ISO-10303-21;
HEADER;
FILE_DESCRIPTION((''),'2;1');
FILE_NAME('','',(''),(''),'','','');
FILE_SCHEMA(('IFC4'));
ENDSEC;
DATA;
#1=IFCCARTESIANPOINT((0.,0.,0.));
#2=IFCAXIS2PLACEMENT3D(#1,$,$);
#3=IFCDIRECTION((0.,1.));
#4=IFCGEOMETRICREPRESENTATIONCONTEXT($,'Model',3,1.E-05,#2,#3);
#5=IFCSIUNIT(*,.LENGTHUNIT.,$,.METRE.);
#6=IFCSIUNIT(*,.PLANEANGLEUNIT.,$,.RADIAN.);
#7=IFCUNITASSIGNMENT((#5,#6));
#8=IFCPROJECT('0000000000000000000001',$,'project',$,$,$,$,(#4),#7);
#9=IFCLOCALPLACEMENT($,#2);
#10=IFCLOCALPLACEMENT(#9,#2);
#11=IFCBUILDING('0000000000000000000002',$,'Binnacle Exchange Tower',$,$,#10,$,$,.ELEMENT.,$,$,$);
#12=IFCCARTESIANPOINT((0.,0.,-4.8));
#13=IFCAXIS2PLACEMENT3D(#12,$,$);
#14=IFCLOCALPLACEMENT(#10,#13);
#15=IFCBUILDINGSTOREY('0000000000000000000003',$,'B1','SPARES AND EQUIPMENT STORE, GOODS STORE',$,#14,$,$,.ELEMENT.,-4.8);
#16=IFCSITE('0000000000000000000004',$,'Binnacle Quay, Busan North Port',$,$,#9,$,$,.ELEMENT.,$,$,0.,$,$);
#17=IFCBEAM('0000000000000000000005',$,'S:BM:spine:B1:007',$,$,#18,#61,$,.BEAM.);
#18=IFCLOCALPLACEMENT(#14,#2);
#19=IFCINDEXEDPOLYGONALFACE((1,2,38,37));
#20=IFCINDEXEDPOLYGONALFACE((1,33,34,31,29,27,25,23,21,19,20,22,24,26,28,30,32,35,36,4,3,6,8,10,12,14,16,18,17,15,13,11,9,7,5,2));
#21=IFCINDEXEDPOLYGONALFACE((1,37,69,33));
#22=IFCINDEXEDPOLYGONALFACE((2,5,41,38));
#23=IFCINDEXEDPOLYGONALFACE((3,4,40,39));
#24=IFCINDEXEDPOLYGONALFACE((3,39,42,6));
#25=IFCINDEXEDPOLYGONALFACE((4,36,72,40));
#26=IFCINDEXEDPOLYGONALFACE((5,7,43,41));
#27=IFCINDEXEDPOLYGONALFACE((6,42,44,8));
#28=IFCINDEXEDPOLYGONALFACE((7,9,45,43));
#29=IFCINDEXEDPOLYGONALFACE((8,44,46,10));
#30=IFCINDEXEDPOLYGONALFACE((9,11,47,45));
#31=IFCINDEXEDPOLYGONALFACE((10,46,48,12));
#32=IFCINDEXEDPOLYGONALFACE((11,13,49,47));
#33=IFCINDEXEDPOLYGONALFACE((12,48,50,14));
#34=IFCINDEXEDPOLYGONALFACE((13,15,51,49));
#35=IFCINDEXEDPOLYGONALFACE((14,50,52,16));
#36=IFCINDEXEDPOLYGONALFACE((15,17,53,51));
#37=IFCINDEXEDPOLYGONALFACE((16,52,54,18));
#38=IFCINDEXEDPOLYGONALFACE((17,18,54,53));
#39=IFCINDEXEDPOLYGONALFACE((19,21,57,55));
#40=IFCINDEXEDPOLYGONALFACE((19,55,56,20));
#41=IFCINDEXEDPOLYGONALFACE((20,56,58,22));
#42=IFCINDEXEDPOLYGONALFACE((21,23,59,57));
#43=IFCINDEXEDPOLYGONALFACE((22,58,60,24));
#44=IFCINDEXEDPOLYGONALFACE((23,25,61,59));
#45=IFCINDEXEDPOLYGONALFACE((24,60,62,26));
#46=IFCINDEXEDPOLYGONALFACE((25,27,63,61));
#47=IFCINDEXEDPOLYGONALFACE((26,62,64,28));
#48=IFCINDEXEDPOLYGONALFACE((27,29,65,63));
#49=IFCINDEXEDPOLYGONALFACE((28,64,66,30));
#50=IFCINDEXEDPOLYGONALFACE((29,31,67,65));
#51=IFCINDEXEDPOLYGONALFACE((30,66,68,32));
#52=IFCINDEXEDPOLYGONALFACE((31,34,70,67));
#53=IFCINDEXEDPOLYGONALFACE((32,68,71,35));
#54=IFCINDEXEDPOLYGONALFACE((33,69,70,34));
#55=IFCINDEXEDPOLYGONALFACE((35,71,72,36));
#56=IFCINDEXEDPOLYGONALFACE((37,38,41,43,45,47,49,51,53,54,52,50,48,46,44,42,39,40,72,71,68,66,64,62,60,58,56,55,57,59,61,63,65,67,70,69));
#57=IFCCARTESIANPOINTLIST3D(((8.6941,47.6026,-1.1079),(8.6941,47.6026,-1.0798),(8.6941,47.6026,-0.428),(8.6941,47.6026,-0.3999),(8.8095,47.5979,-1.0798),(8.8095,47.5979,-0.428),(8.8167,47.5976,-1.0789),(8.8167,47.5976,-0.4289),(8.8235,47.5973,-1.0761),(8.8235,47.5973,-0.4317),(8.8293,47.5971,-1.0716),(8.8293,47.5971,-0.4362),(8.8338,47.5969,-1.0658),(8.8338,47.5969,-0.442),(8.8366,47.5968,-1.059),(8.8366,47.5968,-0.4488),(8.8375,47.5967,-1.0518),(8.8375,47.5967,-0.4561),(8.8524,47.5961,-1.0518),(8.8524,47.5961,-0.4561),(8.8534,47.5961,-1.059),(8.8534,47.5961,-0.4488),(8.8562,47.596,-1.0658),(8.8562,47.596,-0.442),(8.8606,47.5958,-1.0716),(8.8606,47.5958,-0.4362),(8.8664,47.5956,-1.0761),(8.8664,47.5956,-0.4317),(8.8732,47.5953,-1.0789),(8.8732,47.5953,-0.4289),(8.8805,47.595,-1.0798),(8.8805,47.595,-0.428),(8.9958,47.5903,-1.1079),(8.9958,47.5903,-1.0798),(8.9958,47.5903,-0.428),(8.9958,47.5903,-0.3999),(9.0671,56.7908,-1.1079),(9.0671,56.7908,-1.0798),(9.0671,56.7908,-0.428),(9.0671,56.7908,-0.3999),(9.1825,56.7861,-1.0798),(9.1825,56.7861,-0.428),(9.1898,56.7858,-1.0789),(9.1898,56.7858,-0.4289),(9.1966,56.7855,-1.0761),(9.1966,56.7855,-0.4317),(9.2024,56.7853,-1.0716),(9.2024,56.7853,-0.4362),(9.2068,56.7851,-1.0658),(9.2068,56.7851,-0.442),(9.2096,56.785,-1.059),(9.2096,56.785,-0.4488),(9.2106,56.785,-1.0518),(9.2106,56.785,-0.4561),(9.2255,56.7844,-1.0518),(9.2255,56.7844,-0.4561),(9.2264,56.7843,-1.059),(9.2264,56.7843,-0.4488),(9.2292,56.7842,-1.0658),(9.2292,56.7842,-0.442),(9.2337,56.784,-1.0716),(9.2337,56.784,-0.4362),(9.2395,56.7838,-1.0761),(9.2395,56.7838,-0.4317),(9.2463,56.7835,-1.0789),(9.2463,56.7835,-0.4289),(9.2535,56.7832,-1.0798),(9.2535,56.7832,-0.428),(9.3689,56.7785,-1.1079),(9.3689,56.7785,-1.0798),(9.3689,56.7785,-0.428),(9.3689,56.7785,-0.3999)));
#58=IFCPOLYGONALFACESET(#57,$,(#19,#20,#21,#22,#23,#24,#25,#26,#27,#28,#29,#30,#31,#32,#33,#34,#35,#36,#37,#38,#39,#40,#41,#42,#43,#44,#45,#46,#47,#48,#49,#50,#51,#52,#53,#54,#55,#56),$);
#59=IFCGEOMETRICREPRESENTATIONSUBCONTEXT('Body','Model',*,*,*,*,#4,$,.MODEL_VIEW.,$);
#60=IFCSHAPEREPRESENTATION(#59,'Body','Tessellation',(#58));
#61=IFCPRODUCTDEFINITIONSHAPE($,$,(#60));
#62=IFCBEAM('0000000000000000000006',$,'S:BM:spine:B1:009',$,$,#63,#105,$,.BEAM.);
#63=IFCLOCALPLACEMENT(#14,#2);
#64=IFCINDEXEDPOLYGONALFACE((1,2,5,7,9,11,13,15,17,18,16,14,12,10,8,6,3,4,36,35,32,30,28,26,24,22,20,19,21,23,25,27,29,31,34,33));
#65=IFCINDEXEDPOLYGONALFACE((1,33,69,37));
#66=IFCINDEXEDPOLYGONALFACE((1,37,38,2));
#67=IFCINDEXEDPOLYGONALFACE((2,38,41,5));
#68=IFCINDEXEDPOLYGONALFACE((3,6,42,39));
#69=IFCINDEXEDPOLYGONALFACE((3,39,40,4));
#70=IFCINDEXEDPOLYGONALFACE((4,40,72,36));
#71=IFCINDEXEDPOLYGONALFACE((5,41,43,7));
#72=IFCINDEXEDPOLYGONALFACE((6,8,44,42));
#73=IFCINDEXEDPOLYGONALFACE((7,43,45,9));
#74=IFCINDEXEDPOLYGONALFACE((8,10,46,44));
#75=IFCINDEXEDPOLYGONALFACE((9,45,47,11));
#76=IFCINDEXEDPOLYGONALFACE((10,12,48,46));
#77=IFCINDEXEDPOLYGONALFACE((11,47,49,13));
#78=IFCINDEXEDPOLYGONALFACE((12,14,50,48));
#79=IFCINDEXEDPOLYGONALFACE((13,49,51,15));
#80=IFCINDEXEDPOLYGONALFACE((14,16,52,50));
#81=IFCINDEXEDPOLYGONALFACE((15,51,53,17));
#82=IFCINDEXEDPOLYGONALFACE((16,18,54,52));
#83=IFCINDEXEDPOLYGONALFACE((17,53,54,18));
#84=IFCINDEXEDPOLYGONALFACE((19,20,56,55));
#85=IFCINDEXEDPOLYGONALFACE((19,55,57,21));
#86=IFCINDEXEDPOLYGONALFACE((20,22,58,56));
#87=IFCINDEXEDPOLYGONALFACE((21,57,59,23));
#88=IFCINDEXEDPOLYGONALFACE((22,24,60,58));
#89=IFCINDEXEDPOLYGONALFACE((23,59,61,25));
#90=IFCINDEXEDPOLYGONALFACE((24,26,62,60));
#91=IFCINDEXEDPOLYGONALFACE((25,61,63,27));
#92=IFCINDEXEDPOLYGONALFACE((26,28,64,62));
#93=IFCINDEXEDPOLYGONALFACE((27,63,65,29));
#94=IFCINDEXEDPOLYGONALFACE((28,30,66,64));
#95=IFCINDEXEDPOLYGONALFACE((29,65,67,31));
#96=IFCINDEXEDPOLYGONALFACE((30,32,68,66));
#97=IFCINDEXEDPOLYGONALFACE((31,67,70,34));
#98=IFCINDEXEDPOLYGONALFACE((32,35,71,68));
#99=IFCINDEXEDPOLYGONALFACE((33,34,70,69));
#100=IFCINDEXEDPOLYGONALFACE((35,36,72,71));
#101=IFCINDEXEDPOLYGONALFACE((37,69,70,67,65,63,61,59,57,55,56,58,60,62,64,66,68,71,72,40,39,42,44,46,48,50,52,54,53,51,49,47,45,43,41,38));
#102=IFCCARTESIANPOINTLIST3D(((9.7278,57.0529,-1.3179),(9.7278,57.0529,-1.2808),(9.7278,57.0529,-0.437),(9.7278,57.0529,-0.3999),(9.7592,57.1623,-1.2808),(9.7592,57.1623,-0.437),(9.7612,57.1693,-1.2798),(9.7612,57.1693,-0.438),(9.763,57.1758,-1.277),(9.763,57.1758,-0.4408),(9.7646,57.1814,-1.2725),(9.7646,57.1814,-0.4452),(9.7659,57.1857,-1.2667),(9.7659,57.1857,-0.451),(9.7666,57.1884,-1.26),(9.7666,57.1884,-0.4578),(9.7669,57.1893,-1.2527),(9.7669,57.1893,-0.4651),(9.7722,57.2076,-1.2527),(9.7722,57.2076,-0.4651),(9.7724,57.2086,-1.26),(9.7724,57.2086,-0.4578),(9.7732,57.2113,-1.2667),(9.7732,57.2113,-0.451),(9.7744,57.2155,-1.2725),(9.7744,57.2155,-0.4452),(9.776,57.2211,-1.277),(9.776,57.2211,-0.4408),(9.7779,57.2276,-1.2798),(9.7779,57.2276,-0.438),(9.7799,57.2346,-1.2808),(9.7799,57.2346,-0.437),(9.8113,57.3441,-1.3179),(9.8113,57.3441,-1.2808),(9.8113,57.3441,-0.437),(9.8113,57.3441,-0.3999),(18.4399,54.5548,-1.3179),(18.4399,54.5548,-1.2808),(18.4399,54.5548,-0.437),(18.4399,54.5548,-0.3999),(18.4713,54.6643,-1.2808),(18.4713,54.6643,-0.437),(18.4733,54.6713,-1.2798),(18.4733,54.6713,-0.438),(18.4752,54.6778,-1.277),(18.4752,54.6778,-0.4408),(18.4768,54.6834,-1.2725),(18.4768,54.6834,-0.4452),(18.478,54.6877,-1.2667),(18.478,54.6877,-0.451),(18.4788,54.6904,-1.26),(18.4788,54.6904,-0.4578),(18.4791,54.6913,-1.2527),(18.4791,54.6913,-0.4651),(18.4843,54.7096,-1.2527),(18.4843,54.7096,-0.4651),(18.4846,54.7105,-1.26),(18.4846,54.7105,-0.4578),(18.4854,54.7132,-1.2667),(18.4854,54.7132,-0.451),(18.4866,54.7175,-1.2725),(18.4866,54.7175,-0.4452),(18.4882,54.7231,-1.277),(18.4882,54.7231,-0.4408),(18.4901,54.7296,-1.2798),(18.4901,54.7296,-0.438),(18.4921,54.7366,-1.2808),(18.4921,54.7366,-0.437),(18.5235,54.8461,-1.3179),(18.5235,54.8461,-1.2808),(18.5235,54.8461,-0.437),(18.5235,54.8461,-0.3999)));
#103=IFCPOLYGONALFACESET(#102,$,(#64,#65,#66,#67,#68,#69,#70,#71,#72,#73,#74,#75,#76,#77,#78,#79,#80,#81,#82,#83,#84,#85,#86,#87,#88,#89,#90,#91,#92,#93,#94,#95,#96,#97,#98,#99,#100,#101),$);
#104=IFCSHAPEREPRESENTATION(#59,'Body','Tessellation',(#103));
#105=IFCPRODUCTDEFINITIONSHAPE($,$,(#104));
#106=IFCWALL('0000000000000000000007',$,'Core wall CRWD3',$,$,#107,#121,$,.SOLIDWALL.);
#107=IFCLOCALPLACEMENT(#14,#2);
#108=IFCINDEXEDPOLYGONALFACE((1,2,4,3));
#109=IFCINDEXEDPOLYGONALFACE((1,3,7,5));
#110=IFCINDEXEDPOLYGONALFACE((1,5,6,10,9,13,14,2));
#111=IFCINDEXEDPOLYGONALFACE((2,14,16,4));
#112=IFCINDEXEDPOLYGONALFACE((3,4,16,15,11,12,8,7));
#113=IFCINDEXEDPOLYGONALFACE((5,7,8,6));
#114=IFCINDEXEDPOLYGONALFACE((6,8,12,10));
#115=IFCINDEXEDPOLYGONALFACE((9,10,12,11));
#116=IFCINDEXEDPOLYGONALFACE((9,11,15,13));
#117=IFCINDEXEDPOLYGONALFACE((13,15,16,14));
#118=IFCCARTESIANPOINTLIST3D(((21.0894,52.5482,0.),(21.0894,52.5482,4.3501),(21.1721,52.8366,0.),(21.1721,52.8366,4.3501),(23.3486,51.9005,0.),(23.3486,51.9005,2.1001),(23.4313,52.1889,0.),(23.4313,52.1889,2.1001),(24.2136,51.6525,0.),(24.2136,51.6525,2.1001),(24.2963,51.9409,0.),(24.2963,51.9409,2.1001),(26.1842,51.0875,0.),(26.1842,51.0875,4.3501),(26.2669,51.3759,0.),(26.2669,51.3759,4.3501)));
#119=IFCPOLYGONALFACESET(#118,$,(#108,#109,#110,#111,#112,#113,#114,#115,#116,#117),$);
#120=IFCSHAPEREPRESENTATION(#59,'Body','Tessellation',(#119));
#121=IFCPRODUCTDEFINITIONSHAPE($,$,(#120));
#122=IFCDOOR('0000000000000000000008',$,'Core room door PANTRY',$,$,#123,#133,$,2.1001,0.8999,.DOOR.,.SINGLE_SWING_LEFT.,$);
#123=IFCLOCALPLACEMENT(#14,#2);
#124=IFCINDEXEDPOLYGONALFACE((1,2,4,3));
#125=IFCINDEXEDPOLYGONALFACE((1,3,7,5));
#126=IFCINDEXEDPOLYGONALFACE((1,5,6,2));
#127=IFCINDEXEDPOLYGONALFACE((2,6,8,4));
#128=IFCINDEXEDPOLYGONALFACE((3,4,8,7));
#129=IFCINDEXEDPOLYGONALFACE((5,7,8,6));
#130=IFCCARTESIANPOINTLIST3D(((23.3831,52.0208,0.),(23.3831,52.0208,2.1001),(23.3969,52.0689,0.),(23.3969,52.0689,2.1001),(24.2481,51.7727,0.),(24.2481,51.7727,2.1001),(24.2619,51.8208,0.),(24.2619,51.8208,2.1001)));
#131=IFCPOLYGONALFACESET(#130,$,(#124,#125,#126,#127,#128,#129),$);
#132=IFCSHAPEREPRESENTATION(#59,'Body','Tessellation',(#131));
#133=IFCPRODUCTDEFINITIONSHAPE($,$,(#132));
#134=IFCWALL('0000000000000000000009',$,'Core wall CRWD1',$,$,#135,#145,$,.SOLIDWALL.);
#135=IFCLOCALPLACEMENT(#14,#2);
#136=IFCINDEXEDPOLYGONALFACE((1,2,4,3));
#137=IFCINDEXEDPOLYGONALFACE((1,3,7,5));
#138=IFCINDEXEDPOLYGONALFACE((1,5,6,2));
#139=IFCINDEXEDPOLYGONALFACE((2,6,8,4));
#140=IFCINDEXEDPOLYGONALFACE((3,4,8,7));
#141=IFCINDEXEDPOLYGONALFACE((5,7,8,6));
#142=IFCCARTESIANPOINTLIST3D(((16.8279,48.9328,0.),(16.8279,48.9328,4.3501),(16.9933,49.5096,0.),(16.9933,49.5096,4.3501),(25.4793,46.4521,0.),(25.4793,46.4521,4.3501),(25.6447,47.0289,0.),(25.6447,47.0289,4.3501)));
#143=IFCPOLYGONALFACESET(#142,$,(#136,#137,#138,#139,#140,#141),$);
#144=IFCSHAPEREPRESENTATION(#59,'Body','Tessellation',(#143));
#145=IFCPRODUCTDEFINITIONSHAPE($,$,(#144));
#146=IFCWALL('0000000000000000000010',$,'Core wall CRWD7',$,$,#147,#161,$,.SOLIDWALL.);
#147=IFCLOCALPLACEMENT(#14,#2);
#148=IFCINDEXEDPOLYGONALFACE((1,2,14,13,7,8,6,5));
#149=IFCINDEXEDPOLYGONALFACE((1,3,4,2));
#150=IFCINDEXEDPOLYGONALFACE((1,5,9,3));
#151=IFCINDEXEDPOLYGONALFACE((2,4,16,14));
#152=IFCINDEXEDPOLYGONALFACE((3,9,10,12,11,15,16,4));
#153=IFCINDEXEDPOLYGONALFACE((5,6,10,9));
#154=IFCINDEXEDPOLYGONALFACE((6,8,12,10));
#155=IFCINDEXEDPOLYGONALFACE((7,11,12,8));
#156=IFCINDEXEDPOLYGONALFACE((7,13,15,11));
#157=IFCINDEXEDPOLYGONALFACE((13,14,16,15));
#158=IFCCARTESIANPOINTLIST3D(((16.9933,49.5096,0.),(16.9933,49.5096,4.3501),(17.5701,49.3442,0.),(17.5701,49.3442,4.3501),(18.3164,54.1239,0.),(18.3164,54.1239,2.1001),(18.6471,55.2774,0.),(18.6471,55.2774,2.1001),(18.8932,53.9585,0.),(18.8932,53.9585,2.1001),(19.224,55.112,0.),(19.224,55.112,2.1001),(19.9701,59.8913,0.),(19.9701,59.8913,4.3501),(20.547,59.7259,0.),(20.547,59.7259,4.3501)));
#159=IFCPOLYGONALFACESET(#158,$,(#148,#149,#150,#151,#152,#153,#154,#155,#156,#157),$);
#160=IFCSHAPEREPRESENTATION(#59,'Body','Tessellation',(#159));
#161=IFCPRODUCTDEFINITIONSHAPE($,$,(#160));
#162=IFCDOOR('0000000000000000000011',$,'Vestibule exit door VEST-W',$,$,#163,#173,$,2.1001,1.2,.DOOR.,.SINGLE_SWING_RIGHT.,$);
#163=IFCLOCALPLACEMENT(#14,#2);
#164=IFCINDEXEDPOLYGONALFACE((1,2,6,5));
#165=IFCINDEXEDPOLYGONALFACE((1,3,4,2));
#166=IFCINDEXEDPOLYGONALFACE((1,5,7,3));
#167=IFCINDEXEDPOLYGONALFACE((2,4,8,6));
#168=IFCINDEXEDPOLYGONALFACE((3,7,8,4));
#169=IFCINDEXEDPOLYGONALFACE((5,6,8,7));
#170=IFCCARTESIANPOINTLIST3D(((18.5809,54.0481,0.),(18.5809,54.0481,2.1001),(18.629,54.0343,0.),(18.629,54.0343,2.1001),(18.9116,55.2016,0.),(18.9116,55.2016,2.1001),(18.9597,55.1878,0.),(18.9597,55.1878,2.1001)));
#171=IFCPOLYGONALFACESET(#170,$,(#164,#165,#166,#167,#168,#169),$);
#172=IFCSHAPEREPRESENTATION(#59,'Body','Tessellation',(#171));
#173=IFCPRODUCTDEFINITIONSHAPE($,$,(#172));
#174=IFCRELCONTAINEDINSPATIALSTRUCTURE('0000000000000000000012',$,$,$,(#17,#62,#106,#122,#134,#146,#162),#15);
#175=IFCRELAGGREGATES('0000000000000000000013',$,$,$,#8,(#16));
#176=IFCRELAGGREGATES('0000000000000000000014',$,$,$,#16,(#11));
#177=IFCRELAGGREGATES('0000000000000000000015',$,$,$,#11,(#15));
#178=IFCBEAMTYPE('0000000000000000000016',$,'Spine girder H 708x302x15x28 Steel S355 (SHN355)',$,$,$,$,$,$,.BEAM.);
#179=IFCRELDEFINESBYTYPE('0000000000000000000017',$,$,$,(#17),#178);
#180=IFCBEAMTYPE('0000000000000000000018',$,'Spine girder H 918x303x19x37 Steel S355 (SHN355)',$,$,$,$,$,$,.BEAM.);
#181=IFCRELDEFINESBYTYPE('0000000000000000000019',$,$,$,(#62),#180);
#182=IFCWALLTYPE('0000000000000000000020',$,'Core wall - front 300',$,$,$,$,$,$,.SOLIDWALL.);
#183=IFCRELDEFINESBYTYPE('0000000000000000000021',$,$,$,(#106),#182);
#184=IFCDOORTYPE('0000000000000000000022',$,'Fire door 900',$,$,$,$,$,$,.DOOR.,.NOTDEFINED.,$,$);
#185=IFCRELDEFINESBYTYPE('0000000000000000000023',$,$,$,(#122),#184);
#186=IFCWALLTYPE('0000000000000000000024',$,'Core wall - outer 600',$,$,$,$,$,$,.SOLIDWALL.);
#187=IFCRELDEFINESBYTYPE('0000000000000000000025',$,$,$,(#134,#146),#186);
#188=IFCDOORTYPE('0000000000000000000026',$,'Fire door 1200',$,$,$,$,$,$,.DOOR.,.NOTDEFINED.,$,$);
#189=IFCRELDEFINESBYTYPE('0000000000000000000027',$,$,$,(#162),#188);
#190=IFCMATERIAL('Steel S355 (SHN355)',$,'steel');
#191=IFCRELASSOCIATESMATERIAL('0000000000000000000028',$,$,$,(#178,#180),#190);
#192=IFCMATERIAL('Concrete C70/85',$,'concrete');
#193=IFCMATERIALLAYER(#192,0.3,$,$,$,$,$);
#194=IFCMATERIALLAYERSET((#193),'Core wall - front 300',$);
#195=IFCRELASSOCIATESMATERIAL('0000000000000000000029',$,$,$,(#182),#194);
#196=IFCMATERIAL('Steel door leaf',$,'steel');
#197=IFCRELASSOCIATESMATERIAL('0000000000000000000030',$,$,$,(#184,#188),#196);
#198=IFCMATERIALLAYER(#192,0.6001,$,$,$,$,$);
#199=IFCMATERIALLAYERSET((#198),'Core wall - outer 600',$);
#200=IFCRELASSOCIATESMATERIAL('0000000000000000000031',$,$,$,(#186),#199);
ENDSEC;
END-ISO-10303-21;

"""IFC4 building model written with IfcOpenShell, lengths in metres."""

from ifc_helpers import new_model, si_unit, direction, frame, frame_2d, origin, origin_2d, place, context, subcontext, project, spatial, rectangle, i_section, extrude, material, layer, layer_set, material_profile, profile_set, type_object, element, fill, save


model = new_model("IFC4")

# Units and contexts
model_context = context("Model", 3, precision=1e-05, world=origin(), true_north=direction((0.0, 1.0)))
body_context = subcontext(model_context, "Body", "Model", "MODEL_VIEW")
ifc_project = project(units=[si_unit("LENGTHUNIT", "METRE"), si_unit("PLANEANGLEUNIT", "RADIAN")], contexts=[model_context])

# Site, building, storey
site_placement = place(None, origin())
site = spatial("IfcSite", under=ifc_project, at=site_placement, Name="Binnacle Quay, Busan North Port", CompositionType="ELEMENT", RefElevation=0.0)
building_placement = place(site_placement, origin())
building = spatial("IfcBuilding", under=site, at=building_placement, Name="Binnacle Exchange Tower", CompositionType="ELEMENT")
storey_placement = place(building_placement, frame((0.0, 0.0, -4.8)))
storey = spatial("IfcBuildingStorey", under=building, at=storey_placement, Name="B1", Description="SPARES AND EQUIPMENT STORE, GOODS STORE", CompositionType="ELEMENT", Elevation=-4.8)

# Shared definitions
ifc_material_1 = material(Name="Concrete C70/85", Category="concrete")

# Beams
ifc_material_2 = material(Name="Steel S355 (SHN355)", Category="steel")
ifc_material_profile_1 = material_profile(ifc_material_2, i_section(OverallWidth=0.302, OverallDepth=0.708, WebThickness=0.0149, FlangeThickness=0.0281, FilletRadius=0.0281, at=origin_2d()), Name="H 708x302x15x28")
ifc_profile_set_1 = profile_set([ifc_material_profile_1], Name="Steel S355 (SHN355)")
beam_type_1 = type_object("IfcBeamType", Name="Spine girder H 708x302x15x28 Steel S355 (SHN355)", PredefinedType="BEAM", material=ifc_profile_set_1)
beam_1_placement = place(storey_placement, frame((9.218, 56.7847, -0.7539), z_axis=(-0.040567, -0.999177, 0.0), x_axis=(0.999177, -0.040567, 0.0)))
element("IfcBeam", 1, at=beam_1_placement, inside=storey, type_object=beam_type_1, Name="S:BM:spine:B1:007", PredefinedType="BEAM", context=body_context, shape_type="SweptSolid", body=[
    extrude(i_section(OverallWidth=0.302, OverallDepth=0.708, WebThickness=0.0149, FlangeThickness=0.0281, FilletRadius=0.0281, at=origin_2d()), origin(), (0.0, 0.0, 1.0), 9.1958),
])
ifc_material_profile_2 = material_profile(ifc_material_2, i_section(OverallWidth=0.303, OverallDepth=0.918, WebThickness=0.019, FlangeThickness=0.0371, FilletRadius=0.0281, at=origin_2d()), Name="H 918x303x19x37")
ifc_profile_set_2 = profile_set([ifc_material_profile_2], Name="Steel S355 (SHN355)")
beam_type_2 = type_object("IfcBeamType", Name="Spine girder H 918x303x19x37 Steel S355 (SHN355)", PredefinedType="BEAM", material=ifc_profile_set_2)
beam_2_placement = place(storey_placement, frame((9.7695, 57.1985, -0.8589), z_axis=(0.961265, -0.275625, 0.0), x_axis=(0.275625, 0.961265, 0.0)))
element("IfcBeam", 2, at=beam_2_placement, inside=storey, type_object=beam_type_2, Name="S:BM:spine:B1:009", PredefinedType="BEAM", context=body_context, shape_type="SweptSolid", body=[
    extrude(i_section(OverallWidth=0.303, OverallDepth=0.918, WebThickness=0.019, FlangeThickness=0.0371, FilletRadius=0.0281, at=origin_2d()), origin(), (0.0, 0.0, 1.0), 9.0632),
])

# Wall, opening, door
ifc_layer_1 = layer(ifc_material_1, 0.3)
ifc_layer_set_1 = layer_set([ifc_layer_1], Name="Core wall - front 300")
wall_type_1 = type_object("IfcWallType", Name="Core wall - front 300", PredefinedType="SOLIDWALL", material=ifc_layer_set_1)
wall_1_placement = place(storey_placement, frame((21.1309, 52.6924, 0.0), z_axis=(0.0, 0.0, 1.0), x_axis=(0.961271, -0.275603, 0.0)))
wall_1 = element("IfcWall", 3, at=wall_1_placement, inside=storey, type_object=wall_type_1, Name="Core wall CRWD3", PredefinedType="SOLIDWALL", context=body_context, shape_type="SweptSolid", body=[
    extrude(rectangle(XDim=5.3, YDim=0.3, at=frame_2d((2.6499, 0.0))), origin(), (0.0, 0.0, 1.0), 4.3501),
])
opening_1_placement = place(wall_1_placement, frame((2.3501, 0.0, 0.0)))
opening_1 = element("IfcOpeningElement", 4, at=opening_1_placement, cuts=wall_1, PredefinedType="OPENING", context=body_context, shape_type="SweptSolid", body=[
    extrude(rectangle(XDim=0.8999, YDim=2.1001, at=frame_2d((0.45, 1.05))), frame((0.0, 0.1599, 0.0), z_axis=(0.0, -1.0, 0.0), x_axis=(1.0, 0.0, 0.0)), (0.0, 0.0, 1.0), 0.3201),
])
ifc_material_3 = material(Name="Steel door leaf", Category="steel")
door_type_1 = type_object("IfcDoorType", Name="Fire door 900", OperationType="NOTDEFINED", PredefinedType="DOOR", material=ifc_material_3)
door_1_placement = place(opening_1_placement, frame((0.8999, 0.0, 0.0), z_axis=(0.0, 0.0, 1.0), x_axis=(-1.0, 0.0, 0.0)))
door_1 = element("IfcDoor", 5, at=door_1_placement, inside=storey, type_object=door_type_1, Name="Core room door PANTRY", OperationType="SINGLE_SWING_LEFT", OverallHeight=2.1001, OverallWidth=0.8999, PredefinedType="DOOR", context=body_context, shape_type="SweptSolid", body=[
    extrude(rectangle(XDim=0.8999, YDim=2.1001, at=frame_2d((0.45, 1.05))), frame((0.0, 0.0249, 0.0), z_axis=(0.0, -1.0, 0.0), x_axis=(1.0, 0.0, 0.0)), (0.0, 0.0, 1.0), 0.05),
])
fill(opening_1, door_1)

# Wall
ifc_layer_2 = layer(ifc_material_1, 0.6001)
ifc_layer_set_2 = layer_set([ifc_layer_2], Name="Core wall - outer 600")
wall_type_2 = type_object("IfcWallType", Name="Core wall - outer 600", PredefinedType="SOLIDWALL", material=ifc_layer_set_2)
wall_2_placement = place(storey_placement, frame((16.9106, 49.2212, 0.0), z_axis=(0.0, 0.0, 1.0), x_axis=(0.961262, -0.275635, 0.0)))
element("IfcWall", 6, at=wall_2_placement, inside=storey, type_object=wall_type_2, Name="Core wall CRWD1", PredefinedType="SOLIDWALL", context=body_context, shape_type="SweptSolid", body=[
    extrude(rectangle(XDim=9.0, YDim=0.6001, at=frame_2d((4.5, 0.0))), origin(), (0.0, 0.0, 1.0), 4.3501),
])

# Wall, opening, door
wall_3_placement = place(storey_placement, frame((17.2817, 49.427, 0.0), z_axis=(0.0, 0.0, 1.0), x_axis=(0.275632, 0.961263, 0.0)))
wall_3 = element("IfcWall", 7, at=wall_3_placement, inside=storey, type_object=wall_type_2, Name="Core wall CRWD7", PredefinedType="SOLIDWALL", context=body_context, shape_type="SweptSolid", body=[
    extrude(rectangle(XDim=10.8, YDim=0.6001, at=frame_2d((5.3999, 0.0))), origin(), (0.0, 0.0, 1.0), 4.3501),
])
opening_2_placement = place(wall_3_placement, frame((4.8, 0.0, 0.0)))
opening_2 = element("IfcOpeningElement", 8, at=opening_2_placement, cuts=wall_3, PredefinedType="OPENING", context=body_context, shape_type="SweptSolid", body=[
    extrude(rectangle(XDim=1.2, YDim=2.1001, at=frame_2d((0.6001, 1.05))), frame((0.0, 0.3101, 0.0), z_axis=(0.0, -1.0, 0.0), x_axis=(1.0, 0.0, 0.0)), (0.0, 0.0, 1.0), 0.6201),
])
door_type_2 = type_object("IfcDoorType", Name="Fire door 1200", OperationType="NOTDEFINED", PredefinedType="DOOR", material=ifc_material_3)
door_2_placement = place(opening_2_placement, origin())
door_2 = element("IfcDoor", 9, at=door_2_placement, inside=storey, type_object=door_type_2, Name="Vestibule exit door VEST-W", OperationType="SINGLE_SWING_RIGHT", OverallHeight=2.1001, OverallWidth=1.2, PredefinedType="DOOR", context=body_context, shape_type="SweptSolid", body=[
    extrude(rectangle(XDim=1.2, YDim=2.1001, at=frame_2d((0.6001, 1.05))), frame((0.0, 0.0249, 0.0), z_axis=(0.0, -1.0, 0.0), x_axis=(1.0, 0.0, 0.0)), (0.0, 0.0, 1.0), 0.05),
])
fill(opening_2, door_2)

save(model, "model.ifc")
